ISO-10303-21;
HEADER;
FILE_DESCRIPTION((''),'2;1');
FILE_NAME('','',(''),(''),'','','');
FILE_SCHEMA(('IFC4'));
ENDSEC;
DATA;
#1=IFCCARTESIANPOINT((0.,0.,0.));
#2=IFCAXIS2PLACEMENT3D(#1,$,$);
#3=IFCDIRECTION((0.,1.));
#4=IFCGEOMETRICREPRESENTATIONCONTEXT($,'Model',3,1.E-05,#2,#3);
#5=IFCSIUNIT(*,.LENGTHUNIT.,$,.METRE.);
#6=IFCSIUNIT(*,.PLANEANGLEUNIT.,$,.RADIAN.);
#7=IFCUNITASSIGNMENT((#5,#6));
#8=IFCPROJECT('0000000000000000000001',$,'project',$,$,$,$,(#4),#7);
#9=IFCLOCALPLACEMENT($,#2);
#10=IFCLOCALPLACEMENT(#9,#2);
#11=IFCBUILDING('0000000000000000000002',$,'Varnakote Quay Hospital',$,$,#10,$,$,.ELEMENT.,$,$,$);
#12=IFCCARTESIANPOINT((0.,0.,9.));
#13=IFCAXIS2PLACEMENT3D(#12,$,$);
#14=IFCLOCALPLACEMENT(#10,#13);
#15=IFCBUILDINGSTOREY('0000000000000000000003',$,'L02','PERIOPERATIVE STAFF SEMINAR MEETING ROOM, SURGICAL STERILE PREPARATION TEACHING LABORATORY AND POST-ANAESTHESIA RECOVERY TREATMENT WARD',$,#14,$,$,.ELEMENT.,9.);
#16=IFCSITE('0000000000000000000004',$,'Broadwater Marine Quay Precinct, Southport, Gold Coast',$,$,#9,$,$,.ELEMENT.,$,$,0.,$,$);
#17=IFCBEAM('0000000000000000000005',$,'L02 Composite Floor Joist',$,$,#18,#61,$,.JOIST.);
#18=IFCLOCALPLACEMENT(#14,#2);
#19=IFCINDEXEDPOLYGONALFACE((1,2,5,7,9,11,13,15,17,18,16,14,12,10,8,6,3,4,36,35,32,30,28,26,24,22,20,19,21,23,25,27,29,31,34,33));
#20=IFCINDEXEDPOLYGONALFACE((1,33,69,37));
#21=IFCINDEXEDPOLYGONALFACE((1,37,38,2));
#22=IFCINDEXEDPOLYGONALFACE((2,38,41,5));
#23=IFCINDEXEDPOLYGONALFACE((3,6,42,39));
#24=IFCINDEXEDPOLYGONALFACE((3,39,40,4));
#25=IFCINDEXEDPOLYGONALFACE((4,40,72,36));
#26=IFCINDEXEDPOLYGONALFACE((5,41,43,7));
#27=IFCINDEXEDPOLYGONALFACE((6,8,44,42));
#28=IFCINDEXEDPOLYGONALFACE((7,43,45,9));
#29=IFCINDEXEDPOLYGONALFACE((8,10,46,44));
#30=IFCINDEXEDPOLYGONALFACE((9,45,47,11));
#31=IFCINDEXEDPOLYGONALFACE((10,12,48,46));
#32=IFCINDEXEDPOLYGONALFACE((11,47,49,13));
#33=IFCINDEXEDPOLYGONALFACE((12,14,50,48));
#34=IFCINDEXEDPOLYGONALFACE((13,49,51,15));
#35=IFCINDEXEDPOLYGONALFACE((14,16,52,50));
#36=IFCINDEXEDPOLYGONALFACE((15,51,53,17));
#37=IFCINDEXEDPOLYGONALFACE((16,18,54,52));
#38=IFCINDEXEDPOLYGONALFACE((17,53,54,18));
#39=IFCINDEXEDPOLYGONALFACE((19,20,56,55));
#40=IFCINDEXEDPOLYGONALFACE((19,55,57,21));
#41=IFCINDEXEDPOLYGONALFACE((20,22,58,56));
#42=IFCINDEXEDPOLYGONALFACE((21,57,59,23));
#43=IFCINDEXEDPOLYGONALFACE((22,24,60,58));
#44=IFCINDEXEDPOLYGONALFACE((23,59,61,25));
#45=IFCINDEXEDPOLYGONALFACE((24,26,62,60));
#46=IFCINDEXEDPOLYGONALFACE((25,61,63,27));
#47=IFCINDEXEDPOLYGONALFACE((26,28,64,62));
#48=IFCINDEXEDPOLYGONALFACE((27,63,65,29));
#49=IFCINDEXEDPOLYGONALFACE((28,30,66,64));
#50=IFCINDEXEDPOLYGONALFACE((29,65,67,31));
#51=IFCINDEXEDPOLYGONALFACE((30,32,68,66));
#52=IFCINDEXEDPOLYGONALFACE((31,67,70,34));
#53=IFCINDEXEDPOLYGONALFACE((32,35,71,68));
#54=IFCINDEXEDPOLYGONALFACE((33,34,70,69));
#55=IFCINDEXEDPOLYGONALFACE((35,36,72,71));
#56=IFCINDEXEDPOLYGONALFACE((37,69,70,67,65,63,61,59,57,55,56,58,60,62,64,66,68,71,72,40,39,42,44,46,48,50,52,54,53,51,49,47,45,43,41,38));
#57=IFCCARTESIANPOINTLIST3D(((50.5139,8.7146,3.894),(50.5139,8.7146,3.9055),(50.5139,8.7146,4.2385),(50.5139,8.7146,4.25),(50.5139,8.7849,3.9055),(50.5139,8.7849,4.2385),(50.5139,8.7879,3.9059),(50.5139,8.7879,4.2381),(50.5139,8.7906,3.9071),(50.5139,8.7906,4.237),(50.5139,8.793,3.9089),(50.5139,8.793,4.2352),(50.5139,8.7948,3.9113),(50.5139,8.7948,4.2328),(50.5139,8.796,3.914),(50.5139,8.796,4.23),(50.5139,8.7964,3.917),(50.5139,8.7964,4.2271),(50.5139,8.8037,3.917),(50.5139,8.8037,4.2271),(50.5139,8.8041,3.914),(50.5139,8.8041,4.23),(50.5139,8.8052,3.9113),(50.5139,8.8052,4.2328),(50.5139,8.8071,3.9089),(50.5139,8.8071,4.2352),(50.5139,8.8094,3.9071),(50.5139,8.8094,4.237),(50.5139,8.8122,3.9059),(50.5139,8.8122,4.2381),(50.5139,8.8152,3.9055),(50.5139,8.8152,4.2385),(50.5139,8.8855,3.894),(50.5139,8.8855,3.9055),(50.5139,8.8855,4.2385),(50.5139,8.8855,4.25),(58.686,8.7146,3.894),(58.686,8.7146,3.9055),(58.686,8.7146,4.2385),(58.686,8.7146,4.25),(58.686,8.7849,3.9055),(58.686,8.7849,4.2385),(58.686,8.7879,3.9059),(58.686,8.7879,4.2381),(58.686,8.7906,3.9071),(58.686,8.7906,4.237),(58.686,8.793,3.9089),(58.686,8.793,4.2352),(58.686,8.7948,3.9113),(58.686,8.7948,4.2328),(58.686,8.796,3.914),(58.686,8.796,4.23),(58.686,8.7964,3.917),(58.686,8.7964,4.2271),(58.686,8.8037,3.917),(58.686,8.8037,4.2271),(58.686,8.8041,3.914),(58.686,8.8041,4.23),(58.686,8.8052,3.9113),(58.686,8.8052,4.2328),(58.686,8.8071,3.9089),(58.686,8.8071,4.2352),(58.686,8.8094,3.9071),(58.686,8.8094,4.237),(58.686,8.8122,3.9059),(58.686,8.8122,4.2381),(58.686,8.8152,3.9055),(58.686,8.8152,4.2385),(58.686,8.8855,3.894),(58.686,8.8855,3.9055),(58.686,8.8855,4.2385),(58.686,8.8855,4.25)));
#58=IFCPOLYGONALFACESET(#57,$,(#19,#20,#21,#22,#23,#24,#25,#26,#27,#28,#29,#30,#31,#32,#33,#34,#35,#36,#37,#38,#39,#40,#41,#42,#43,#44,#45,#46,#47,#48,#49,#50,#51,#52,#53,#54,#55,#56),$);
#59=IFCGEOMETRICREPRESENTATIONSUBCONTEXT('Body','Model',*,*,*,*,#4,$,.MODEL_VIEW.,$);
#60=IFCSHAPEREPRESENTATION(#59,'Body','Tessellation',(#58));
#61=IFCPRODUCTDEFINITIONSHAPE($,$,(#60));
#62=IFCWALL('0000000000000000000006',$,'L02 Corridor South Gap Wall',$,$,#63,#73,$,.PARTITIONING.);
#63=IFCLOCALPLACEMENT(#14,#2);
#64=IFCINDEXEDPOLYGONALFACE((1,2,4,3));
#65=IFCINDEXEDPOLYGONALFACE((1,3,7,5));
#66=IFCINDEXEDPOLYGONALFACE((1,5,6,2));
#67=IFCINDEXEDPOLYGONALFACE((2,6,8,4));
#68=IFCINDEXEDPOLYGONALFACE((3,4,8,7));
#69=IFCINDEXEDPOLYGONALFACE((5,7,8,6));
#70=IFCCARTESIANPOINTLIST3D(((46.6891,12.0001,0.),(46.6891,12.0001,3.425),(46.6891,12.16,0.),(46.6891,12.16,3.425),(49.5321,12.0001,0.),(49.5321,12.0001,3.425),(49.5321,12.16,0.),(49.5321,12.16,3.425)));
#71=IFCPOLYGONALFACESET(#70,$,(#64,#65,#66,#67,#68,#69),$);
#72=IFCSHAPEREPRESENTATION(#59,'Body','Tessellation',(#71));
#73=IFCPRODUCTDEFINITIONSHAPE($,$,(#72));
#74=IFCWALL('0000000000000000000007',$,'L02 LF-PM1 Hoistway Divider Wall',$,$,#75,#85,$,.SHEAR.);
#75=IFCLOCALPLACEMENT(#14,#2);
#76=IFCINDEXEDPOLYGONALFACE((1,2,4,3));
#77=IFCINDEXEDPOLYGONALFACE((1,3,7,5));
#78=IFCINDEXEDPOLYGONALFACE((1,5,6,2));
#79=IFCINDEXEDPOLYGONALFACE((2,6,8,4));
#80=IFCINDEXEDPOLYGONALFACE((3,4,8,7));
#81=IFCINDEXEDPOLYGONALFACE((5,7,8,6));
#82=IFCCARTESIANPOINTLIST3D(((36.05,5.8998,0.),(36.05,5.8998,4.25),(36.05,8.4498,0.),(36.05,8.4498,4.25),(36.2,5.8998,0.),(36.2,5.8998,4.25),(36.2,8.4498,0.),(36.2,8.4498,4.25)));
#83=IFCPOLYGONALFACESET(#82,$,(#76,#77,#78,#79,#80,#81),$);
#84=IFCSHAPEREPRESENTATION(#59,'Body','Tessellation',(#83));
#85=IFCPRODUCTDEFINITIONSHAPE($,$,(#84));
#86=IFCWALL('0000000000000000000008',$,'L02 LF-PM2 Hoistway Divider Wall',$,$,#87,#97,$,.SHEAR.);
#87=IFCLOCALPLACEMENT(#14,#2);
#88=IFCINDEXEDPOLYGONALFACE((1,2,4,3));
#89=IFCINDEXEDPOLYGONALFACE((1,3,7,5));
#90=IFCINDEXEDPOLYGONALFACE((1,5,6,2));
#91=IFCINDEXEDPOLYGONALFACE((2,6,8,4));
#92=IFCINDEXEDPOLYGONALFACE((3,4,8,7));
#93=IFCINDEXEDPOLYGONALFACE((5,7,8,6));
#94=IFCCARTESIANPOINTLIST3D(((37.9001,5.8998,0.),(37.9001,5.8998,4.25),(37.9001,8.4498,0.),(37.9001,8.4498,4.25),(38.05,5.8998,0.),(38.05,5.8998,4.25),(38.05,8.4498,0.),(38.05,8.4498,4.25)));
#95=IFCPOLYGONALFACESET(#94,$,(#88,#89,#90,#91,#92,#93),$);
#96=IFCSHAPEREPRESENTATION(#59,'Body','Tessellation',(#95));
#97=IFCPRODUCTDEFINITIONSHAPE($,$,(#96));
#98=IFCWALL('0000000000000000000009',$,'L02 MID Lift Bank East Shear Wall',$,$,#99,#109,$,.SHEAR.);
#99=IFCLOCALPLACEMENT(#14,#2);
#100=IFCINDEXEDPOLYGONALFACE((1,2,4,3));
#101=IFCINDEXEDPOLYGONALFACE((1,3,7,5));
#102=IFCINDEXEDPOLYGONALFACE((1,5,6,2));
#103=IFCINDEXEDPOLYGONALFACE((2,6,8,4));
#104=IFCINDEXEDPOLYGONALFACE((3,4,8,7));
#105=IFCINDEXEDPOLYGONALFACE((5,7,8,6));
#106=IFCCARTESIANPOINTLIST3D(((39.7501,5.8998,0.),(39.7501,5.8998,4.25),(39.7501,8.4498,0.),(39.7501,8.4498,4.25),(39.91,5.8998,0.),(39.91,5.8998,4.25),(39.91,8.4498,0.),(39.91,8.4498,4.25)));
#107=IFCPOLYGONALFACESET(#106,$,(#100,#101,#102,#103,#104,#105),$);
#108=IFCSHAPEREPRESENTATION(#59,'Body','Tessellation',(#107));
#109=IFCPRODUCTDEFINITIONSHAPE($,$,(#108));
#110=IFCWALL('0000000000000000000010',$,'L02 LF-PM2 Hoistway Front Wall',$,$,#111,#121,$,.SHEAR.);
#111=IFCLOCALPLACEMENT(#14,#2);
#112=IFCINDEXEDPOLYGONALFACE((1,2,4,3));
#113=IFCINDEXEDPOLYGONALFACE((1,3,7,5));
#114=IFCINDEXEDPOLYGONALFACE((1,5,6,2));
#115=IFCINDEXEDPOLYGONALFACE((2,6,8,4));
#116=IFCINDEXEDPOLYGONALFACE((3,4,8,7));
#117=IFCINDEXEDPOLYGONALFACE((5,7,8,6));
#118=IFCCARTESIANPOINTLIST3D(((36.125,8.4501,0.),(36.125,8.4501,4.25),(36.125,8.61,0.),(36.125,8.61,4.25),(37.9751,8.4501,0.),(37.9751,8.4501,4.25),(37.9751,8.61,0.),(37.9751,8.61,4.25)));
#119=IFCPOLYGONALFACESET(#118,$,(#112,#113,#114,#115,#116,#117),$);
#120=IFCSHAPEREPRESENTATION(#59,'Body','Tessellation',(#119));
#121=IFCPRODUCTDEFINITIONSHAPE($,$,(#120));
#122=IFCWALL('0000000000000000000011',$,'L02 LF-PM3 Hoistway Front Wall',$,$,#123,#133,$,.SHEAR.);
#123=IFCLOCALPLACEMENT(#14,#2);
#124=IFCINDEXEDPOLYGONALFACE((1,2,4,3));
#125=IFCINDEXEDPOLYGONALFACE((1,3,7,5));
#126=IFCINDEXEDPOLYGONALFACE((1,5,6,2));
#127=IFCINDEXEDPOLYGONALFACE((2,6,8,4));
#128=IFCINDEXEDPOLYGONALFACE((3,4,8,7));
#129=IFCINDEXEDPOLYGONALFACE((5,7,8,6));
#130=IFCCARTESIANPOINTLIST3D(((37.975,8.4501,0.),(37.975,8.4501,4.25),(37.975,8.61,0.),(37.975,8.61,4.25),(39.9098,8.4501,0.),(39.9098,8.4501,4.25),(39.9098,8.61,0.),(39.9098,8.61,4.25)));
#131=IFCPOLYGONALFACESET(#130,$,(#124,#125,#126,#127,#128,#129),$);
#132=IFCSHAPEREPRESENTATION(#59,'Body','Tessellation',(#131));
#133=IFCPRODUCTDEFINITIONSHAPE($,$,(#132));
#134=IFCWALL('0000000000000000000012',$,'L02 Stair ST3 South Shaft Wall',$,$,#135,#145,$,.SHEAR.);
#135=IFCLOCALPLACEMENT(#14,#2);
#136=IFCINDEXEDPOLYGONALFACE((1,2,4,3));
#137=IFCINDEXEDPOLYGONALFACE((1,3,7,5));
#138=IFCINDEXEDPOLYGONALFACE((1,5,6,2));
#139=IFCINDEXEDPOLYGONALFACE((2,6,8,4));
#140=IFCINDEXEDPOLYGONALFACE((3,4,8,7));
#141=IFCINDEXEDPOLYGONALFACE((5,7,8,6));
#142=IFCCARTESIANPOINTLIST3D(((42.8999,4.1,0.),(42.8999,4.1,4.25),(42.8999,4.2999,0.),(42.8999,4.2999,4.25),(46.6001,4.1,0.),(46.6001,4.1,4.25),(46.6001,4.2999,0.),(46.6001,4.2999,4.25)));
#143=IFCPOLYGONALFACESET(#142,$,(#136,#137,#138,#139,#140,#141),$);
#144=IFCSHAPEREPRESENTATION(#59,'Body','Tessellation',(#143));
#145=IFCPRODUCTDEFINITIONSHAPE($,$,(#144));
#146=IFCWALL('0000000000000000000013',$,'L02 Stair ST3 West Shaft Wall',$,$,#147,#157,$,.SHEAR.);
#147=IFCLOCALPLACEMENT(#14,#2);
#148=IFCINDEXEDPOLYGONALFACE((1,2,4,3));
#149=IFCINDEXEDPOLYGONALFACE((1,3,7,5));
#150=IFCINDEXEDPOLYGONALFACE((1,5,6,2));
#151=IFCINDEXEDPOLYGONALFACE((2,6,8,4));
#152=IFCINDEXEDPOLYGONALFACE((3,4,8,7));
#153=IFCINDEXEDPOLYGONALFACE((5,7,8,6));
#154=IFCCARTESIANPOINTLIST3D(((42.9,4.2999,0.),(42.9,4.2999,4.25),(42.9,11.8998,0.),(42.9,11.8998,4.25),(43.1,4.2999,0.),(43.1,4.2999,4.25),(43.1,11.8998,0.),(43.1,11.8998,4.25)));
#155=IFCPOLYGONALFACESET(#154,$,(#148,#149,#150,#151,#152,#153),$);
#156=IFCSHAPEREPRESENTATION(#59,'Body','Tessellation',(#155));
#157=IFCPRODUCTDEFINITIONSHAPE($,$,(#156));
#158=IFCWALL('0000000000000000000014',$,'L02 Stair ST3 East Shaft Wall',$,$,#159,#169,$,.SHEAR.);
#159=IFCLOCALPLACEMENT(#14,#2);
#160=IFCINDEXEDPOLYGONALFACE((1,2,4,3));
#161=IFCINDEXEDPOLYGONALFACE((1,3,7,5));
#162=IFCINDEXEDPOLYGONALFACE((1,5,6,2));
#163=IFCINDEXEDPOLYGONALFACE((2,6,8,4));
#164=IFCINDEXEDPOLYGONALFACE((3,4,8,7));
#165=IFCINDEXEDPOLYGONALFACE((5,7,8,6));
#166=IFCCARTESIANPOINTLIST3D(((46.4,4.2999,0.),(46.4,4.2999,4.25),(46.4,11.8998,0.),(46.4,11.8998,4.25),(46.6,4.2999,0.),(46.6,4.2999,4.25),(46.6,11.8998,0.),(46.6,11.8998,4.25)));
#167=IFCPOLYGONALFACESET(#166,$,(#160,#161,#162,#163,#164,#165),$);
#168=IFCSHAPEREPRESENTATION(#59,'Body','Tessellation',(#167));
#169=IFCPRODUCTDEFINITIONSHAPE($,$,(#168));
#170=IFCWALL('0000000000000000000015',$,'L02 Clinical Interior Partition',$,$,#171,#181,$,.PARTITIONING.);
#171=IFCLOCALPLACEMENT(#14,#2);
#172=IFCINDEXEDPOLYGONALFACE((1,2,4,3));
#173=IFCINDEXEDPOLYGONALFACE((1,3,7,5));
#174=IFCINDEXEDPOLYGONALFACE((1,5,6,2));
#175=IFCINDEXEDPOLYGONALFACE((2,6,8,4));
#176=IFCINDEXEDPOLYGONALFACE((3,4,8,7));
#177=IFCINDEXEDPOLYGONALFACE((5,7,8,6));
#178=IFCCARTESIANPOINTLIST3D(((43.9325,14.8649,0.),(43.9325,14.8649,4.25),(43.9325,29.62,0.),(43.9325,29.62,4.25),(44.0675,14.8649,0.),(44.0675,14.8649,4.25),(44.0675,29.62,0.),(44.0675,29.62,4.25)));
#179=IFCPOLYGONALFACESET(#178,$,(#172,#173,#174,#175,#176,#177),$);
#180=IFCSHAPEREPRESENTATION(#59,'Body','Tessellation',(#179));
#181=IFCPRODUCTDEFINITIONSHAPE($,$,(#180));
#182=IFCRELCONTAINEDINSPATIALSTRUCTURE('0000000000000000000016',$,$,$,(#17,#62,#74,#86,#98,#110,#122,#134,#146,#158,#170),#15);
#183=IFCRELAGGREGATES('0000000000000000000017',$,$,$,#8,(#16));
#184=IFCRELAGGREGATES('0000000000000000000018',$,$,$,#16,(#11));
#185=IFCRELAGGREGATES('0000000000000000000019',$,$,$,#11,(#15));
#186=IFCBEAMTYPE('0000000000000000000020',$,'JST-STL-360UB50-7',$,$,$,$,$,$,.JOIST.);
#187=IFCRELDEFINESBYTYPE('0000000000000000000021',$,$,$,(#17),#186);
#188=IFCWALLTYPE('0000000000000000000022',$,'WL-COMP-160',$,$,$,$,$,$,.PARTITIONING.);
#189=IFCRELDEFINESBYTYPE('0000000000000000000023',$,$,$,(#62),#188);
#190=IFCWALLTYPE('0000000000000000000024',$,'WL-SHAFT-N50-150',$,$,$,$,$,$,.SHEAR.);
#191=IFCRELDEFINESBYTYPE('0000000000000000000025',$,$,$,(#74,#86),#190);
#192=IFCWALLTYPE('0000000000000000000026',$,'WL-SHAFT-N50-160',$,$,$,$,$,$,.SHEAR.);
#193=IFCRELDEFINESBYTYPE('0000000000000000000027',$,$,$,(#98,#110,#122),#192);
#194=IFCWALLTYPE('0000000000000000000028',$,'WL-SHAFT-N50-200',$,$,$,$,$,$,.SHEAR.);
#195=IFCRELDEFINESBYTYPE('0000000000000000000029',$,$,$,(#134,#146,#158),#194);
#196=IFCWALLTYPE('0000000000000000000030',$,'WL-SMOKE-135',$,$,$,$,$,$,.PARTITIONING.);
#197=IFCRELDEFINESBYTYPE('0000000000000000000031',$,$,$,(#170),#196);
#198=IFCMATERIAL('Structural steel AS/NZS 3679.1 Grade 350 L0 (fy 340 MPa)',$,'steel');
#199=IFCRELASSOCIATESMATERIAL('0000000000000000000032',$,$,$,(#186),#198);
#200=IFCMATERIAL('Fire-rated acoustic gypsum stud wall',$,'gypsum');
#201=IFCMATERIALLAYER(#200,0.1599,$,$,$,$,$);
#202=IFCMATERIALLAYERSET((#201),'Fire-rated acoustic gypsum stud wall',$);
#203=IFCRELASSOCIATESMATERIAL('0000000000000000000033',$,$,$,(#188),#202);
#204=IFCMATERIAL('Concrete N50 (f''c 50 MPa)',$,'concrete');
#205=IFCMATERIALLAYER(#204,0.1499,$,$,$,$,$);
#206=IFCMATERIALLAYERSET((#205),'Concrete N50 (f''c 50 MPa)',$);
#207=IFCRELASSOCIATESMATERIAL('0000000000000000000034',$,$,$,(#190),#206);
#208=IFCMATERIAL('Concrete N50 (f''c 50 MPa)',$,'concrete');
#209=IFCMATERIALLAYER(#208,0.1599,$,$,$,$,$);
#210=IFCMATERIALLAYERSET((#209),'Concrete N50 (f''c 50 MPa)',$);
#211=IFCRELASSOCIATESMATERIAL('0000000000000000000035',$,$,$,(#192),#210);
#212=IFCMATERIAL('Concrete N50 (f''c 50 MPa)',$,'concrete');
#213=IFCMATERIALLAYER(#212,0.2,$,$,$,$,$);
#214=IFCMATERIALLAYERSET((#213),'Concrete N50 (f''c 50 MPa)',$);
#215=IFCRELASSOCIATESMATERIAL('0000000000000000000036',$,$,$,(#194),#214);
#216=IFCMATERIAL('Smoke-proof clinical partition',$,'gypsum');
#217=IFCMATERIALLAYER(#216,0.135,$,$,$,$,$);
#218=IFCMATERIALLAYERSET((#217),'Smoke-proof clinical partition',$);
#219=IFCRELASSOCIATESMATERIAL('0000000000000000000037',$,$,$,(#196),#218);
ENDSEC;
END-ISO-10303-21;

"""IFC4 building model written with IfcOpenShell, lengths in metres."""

from ifc_helpers import new_model, si_unit, direction, frame, frame_2d, origin, origin_2d, place, context, subcontext, project, spatial, rectangle, i_section, extrude, material, layer, layer_set, material_profile, profile_set, type_object, element, save


model = new_model("IFC4")

# Units and contexts
model_context = context("Model", 3, precision=1e-05, world=origin(), true_north=direction((0.0, 1.0)))
body_context = subcontext(model_context, "Body", "Model", "MODEL_VIEW")
ifc_project = project(units=[si_unit("LENGTHUNIT", "METRE"), si_unit("PLANEANGLEUNIT", "RADIAN")], contexts=[model_context])

# Site, building, storey
site_placement = place(None, origin())
site = spatial("IfcSite", under=ifc_project, at=site_placement, Name="Broadwater Marine Quay Precinct, Southport, Gold Coast", CompositionType="ELEMENT", RefElevation=0.0)
building_placement = place(site_placement, origin())
building = spatial("IfcBuilding", under=site, at=building_placement, Name="Varnakote Quay Hospital", CompositionType="ELEMENT")
storey_placement = place(building_placement, frame((0.0, 0.0, 9.0)))
storey = spatial("IfcBuildingStorey", under=building, at=storey_placement, Name="L02", Description="PERIOPERATIVE STAFF SEMINAR MEETING ROOM, SURGICAL STERILE PREPARATION TEACHING LABORATORY AND POST-ANAESTHESIA RECOVERY TREATMENT WARD", CompositionType="ELEMENT", Elevation=9.0)

# Beam
ifc_material_1 = material(Name="Structural steel AS/NZS 3679.1 Grade 350 L0 (fy 340 MPa)", Category="steel")
ifc_material_profile_1 = material_profile(ifc_material_1, i_section(OverallWidth=0.1709, OverallDepth=0.356, WebThickness=0.0073, FlangeThickness=0.0115, FilletRadius=0.0115, at=origin_2d()), Name="360UB50.7")
ifc_profile_set_1 = profile_set([ifc_material_profile_1], Name="Structural steel AS/NZS 3679.1 Grade 350 L0 (fy 340 MPa)")
beam_type_1 = type_object("IfcBeamType", Name="JST-STL-360UB50-7", PredefinedType="JOIST", material=ifc_profile_set_1)
beam_1_placement = place(storey_placement, frame((50.5139, 8.8, 4.072), z_axis=(1.0, 0.0, 0.0), x_axis=(0.0, 1.0, 0.0)))
element("IfcBeam", 1, at=beam_1_placement, inside=storey, type_object=beam_type_1, Name="L02 Composite Floor Joist", PredefinedType="JOIST", context=body_context, shape_type="SweptSolid", body=[
    extrude(i_section(OverallWidth=0.1709, OverallDepth=0.356, WebThickness=0.0073, FlangeThickness=0.0115, FilletRadius=0.0115, at=origin_2d()), origin(), (0.0, 0.0, 1.0), 8.1721),
])

# Walls
ifc_material_2 = material(Name="Fire-rated acoustic gypsum stud wall", Category="gypsum")
ifc_layer_1 = layer(ifc_material_2, 0.1599)
ifc_layer_set_1 = layer_set([ifc_layer_1], Name="Fire-rated acoustic gypsum stud wall")
wall_type_1 = type_object("IfcWallType", Name="WL-COMP-160", PredefinedType="PARTITIONING", material=ifc_layer_set_1)
wall_1_placement = place(storey_placement, frame((46.6892, 12.0801, 0.0), z_axis=(0.0, 0.0, 1.0), x_axis=(1.0, 0.0, 0.0)))
element("IfcWall", 2, at=wall_1_placement, inside=storey, type_object=wall_type_1, Name="L02 Corridor South Gap Wall", PredefinedType="PARTITIONING", context=body_context, shape_type="SweptSolid", body=[
    extrude(rectangle(XDim=2.843, YDim=0.1599, at=frame_2d((1.4214, 0.0))), origin(), (0.0, 0.0, 1.0), 3.425),
])
ifc_material_3 = material(Name="Concrete N50 (f'c 50 MPa)", Category="concrete")
ifc_layer_2 = layer(ifc_material_3, 0.1499)
ifc_layer_set_2 = layer_set([ifc_layer_2], Name="Concrete N50 (f'c 50 MPa)")
wall_type_2 = type_object("IfcWallType", Name="WL-SHAFT-N50-150", PredefinedType="SHEAR", material=ifc_layer_set_2)
for number, where, z_axis, x_axis, name in (
    (3, (36.125, 5.8999, 0.0), (0.0, 0.0, 1.0), (0.0, 1.0, 0.0), "L02 LF-PM1 Hoistway Divider Wall"),
    (4, (37.9751, 5.8999, 0.0), (0.0, 0.0, 1.0), (0.0, 1.0, 0.0), "L02 LF-PM2 Hoistway Divider Wall"),
):
    element("IfcWall", number, at=place(storey_placement, frame(where, z_axis=z_axis, x_axis=x_axis)), inside=storey, type_object=wall_type_2, Name=name, PredefinedType="SHEAR", context=body_context, shape_type="SweptSolid", body=[
        extrude(rectangle(XDim=2.55, YDim=0.1499, at=frame_2d((1.2749, 0.0))), origin(), (0.0, 0.0, 1.0), 4.25),
    ])
ifc_material_4 = material(Name="Concrete N50 (f'c 50 MPa)", Category="concrete")
ifc_layer_3 = layer(ifc_material_4, 0.1599)
ifc_layer_set_3 = layer_set([ifc_layer_3], Name="Concrete N50 (f'c 50 MPa)")
wall_type_3 = type_object("IfcWallType", Name="WL-SHAFT-N50-160", PredefinedType="SHEAR", material=ifc_layer_set_3)
wall_2_placement = place(storey_placement, frame((39.8301, 5.8999, 0.0), z_axis=(0.0, 0.0, 1.0), x_axis=(0.0, 1.0, 0.0)))
element("IfcWall", 5, at=wall_2_placement, inside=storey, type_object=wall_type_3, Name="L02 MID Lift Bank East Shear Wall", PredefinedType="SHEAR", context=body_context, shape_type="SweptSolid", body=[
    extrude(rectangle(XDim=2.55, YDim=0.1599, at=frame_2d((1.2749, 0.0))), origin(), (0.0, 0.0, 1.0), 4.25),
])
wall_3_placement = place(storey_placement, frame((36.125, 8.53, 0.0), z_axis=(0.0, 0.0, 1.0), x_axis=(1.0, 0.0, 0.0)))
element("IfcWall", 6, at=wall_3_placement, inside=storey, type_object=wall_type_3, Name="L02 LF-PM2 Hoistway Front Wall", PredefinedType="SHEAR", context=body_context, shape_type="SweptSolid", body=[
    extrude(rectangle(XDim=1.8501, YDim=0.1599, at=frame_2d((0.925, 0.0))), origin(), (0.0, 0.0, 1.0), 4.25),
])
wall_4_placement = place(storey_placement, frame((37.9751, 8.53, 0.0), z_axis=(0.0, 0.0, 1.0), x_axis=(1.0, 0.0, 0.0)))
element("IfcWall", 7, at=wall_4_placement, inside=storey, type_object=wall_type_3, Name="L02 LF-PM3 Hoistway Front Wall", PredefinedType="SHEAR", context=body_context, shape_type="SweptSolid", body=[
    extrude(rectangle(XDim=1.9348, YDim=0.1599, at=frame_2d((0.9673, 0.0))), origin(), (0.0, 0.0, 1.0), 4.25),
])
ifc_material_5 = material(Name="Concrete N50 (f'c 50 MPa)", Category="concrete")
ifc_layer_4 = layer(ifc_material_5, 0.2)
ifc_layer_set_4 = layer_set([ifc_layer_4], Name="Concrete N50 (f'c 50 MPa)")
wall_type_4 = type_object("IfcWallType", Name="WL-SHAFT-N50-200", PredefinedType="SHEAR", material=ifc_layer_set_4)
wall_5_placement = place(storey_placement, frame((42.8999, 4.2, 0.0), z_axis=(0.0, 0.0, 1.0), x_axis=(1.0, 0.0, 0.0)))
element("IfcWall", 8, at=wall_5_placement, inside=storey, type_object=wall_type_4, Name="L02 Stair ST3 South Shaft Wall", PredefinedType="SHEAR", context=body_context, shape_type="SweptSolid", body=[
    extrude(rectangle(XDim=3.7002, YDim=0.2, at=frame_2d((1.8501, 0.0))), origin(), (0.0, 0.0, 1.0), 4.25),
])
for number, where, z_axis, x_axis, name in (
    (9, (43.0, 4.3, 0.0), (0.0, 0.0, 1.0), (0.0, 1.0, 0.0), "L02 Stair ST3 West Shaft Wall"),
    (10, (46.5, 4.3, 0.0), (0.0, 0.0, 1.0), (0.0, 1.0, 0.0), "L02 Stair ST3 East Shaft Wall"),
):
    element("IfcWall", number, at=place(storey_placement, frame(where, z_axis=z_axis, x_axis=x_axis)), inside=storey, type_object=wall_type_4, Name=name, PredefinedType="SHEAR", context=body_context, shape_type="SweptSolid", body=[
        extrude(rectangle(XDim=7.5999, YDim=0.2, at=frame_2d((3.7998, 0.0))), origin(), (0.0, 0.0, 1.0), 4.25),
    ])

# Wall
ifc_material_6 = material(Name="Smoke-proof clinical partition", Category="gypsum")
ifc_layer_5 = layer(ifc_material_6, 0.135)
ifc_layer_set_5 = layer_set([ifc_layer_5], Name="Smoke-proof clinical partition")
wall_type_5 = type_object("IfcWallType", Name="WL-SMOKE-135", PredefinedType="PARTITIONING", material=ifc_layer_set_5)
wall_6_placement = place(storey_placement, frame((44.0, 14.865, 0.0), z_axis=(0.0, 0.0, 1.0), x_axis=(0.0, 1.0, 0.0)))
element("IfcWall", 11, at=wall_6_placement, inside=storey, type_object=wall_type_5, Name="L02 Clinical Interior Partition", PredefinedType="PARTITIONING", context=body_context, shape_type="SweptSolid", body=[
    extrude(rectangle(XDim=14.7551, YDim=0.135, at=frame_2d((7.3774, 0.0))), origin(), (0.0, 0.0, 1.0), 4.25),
])

save(model, "model.ifc")
